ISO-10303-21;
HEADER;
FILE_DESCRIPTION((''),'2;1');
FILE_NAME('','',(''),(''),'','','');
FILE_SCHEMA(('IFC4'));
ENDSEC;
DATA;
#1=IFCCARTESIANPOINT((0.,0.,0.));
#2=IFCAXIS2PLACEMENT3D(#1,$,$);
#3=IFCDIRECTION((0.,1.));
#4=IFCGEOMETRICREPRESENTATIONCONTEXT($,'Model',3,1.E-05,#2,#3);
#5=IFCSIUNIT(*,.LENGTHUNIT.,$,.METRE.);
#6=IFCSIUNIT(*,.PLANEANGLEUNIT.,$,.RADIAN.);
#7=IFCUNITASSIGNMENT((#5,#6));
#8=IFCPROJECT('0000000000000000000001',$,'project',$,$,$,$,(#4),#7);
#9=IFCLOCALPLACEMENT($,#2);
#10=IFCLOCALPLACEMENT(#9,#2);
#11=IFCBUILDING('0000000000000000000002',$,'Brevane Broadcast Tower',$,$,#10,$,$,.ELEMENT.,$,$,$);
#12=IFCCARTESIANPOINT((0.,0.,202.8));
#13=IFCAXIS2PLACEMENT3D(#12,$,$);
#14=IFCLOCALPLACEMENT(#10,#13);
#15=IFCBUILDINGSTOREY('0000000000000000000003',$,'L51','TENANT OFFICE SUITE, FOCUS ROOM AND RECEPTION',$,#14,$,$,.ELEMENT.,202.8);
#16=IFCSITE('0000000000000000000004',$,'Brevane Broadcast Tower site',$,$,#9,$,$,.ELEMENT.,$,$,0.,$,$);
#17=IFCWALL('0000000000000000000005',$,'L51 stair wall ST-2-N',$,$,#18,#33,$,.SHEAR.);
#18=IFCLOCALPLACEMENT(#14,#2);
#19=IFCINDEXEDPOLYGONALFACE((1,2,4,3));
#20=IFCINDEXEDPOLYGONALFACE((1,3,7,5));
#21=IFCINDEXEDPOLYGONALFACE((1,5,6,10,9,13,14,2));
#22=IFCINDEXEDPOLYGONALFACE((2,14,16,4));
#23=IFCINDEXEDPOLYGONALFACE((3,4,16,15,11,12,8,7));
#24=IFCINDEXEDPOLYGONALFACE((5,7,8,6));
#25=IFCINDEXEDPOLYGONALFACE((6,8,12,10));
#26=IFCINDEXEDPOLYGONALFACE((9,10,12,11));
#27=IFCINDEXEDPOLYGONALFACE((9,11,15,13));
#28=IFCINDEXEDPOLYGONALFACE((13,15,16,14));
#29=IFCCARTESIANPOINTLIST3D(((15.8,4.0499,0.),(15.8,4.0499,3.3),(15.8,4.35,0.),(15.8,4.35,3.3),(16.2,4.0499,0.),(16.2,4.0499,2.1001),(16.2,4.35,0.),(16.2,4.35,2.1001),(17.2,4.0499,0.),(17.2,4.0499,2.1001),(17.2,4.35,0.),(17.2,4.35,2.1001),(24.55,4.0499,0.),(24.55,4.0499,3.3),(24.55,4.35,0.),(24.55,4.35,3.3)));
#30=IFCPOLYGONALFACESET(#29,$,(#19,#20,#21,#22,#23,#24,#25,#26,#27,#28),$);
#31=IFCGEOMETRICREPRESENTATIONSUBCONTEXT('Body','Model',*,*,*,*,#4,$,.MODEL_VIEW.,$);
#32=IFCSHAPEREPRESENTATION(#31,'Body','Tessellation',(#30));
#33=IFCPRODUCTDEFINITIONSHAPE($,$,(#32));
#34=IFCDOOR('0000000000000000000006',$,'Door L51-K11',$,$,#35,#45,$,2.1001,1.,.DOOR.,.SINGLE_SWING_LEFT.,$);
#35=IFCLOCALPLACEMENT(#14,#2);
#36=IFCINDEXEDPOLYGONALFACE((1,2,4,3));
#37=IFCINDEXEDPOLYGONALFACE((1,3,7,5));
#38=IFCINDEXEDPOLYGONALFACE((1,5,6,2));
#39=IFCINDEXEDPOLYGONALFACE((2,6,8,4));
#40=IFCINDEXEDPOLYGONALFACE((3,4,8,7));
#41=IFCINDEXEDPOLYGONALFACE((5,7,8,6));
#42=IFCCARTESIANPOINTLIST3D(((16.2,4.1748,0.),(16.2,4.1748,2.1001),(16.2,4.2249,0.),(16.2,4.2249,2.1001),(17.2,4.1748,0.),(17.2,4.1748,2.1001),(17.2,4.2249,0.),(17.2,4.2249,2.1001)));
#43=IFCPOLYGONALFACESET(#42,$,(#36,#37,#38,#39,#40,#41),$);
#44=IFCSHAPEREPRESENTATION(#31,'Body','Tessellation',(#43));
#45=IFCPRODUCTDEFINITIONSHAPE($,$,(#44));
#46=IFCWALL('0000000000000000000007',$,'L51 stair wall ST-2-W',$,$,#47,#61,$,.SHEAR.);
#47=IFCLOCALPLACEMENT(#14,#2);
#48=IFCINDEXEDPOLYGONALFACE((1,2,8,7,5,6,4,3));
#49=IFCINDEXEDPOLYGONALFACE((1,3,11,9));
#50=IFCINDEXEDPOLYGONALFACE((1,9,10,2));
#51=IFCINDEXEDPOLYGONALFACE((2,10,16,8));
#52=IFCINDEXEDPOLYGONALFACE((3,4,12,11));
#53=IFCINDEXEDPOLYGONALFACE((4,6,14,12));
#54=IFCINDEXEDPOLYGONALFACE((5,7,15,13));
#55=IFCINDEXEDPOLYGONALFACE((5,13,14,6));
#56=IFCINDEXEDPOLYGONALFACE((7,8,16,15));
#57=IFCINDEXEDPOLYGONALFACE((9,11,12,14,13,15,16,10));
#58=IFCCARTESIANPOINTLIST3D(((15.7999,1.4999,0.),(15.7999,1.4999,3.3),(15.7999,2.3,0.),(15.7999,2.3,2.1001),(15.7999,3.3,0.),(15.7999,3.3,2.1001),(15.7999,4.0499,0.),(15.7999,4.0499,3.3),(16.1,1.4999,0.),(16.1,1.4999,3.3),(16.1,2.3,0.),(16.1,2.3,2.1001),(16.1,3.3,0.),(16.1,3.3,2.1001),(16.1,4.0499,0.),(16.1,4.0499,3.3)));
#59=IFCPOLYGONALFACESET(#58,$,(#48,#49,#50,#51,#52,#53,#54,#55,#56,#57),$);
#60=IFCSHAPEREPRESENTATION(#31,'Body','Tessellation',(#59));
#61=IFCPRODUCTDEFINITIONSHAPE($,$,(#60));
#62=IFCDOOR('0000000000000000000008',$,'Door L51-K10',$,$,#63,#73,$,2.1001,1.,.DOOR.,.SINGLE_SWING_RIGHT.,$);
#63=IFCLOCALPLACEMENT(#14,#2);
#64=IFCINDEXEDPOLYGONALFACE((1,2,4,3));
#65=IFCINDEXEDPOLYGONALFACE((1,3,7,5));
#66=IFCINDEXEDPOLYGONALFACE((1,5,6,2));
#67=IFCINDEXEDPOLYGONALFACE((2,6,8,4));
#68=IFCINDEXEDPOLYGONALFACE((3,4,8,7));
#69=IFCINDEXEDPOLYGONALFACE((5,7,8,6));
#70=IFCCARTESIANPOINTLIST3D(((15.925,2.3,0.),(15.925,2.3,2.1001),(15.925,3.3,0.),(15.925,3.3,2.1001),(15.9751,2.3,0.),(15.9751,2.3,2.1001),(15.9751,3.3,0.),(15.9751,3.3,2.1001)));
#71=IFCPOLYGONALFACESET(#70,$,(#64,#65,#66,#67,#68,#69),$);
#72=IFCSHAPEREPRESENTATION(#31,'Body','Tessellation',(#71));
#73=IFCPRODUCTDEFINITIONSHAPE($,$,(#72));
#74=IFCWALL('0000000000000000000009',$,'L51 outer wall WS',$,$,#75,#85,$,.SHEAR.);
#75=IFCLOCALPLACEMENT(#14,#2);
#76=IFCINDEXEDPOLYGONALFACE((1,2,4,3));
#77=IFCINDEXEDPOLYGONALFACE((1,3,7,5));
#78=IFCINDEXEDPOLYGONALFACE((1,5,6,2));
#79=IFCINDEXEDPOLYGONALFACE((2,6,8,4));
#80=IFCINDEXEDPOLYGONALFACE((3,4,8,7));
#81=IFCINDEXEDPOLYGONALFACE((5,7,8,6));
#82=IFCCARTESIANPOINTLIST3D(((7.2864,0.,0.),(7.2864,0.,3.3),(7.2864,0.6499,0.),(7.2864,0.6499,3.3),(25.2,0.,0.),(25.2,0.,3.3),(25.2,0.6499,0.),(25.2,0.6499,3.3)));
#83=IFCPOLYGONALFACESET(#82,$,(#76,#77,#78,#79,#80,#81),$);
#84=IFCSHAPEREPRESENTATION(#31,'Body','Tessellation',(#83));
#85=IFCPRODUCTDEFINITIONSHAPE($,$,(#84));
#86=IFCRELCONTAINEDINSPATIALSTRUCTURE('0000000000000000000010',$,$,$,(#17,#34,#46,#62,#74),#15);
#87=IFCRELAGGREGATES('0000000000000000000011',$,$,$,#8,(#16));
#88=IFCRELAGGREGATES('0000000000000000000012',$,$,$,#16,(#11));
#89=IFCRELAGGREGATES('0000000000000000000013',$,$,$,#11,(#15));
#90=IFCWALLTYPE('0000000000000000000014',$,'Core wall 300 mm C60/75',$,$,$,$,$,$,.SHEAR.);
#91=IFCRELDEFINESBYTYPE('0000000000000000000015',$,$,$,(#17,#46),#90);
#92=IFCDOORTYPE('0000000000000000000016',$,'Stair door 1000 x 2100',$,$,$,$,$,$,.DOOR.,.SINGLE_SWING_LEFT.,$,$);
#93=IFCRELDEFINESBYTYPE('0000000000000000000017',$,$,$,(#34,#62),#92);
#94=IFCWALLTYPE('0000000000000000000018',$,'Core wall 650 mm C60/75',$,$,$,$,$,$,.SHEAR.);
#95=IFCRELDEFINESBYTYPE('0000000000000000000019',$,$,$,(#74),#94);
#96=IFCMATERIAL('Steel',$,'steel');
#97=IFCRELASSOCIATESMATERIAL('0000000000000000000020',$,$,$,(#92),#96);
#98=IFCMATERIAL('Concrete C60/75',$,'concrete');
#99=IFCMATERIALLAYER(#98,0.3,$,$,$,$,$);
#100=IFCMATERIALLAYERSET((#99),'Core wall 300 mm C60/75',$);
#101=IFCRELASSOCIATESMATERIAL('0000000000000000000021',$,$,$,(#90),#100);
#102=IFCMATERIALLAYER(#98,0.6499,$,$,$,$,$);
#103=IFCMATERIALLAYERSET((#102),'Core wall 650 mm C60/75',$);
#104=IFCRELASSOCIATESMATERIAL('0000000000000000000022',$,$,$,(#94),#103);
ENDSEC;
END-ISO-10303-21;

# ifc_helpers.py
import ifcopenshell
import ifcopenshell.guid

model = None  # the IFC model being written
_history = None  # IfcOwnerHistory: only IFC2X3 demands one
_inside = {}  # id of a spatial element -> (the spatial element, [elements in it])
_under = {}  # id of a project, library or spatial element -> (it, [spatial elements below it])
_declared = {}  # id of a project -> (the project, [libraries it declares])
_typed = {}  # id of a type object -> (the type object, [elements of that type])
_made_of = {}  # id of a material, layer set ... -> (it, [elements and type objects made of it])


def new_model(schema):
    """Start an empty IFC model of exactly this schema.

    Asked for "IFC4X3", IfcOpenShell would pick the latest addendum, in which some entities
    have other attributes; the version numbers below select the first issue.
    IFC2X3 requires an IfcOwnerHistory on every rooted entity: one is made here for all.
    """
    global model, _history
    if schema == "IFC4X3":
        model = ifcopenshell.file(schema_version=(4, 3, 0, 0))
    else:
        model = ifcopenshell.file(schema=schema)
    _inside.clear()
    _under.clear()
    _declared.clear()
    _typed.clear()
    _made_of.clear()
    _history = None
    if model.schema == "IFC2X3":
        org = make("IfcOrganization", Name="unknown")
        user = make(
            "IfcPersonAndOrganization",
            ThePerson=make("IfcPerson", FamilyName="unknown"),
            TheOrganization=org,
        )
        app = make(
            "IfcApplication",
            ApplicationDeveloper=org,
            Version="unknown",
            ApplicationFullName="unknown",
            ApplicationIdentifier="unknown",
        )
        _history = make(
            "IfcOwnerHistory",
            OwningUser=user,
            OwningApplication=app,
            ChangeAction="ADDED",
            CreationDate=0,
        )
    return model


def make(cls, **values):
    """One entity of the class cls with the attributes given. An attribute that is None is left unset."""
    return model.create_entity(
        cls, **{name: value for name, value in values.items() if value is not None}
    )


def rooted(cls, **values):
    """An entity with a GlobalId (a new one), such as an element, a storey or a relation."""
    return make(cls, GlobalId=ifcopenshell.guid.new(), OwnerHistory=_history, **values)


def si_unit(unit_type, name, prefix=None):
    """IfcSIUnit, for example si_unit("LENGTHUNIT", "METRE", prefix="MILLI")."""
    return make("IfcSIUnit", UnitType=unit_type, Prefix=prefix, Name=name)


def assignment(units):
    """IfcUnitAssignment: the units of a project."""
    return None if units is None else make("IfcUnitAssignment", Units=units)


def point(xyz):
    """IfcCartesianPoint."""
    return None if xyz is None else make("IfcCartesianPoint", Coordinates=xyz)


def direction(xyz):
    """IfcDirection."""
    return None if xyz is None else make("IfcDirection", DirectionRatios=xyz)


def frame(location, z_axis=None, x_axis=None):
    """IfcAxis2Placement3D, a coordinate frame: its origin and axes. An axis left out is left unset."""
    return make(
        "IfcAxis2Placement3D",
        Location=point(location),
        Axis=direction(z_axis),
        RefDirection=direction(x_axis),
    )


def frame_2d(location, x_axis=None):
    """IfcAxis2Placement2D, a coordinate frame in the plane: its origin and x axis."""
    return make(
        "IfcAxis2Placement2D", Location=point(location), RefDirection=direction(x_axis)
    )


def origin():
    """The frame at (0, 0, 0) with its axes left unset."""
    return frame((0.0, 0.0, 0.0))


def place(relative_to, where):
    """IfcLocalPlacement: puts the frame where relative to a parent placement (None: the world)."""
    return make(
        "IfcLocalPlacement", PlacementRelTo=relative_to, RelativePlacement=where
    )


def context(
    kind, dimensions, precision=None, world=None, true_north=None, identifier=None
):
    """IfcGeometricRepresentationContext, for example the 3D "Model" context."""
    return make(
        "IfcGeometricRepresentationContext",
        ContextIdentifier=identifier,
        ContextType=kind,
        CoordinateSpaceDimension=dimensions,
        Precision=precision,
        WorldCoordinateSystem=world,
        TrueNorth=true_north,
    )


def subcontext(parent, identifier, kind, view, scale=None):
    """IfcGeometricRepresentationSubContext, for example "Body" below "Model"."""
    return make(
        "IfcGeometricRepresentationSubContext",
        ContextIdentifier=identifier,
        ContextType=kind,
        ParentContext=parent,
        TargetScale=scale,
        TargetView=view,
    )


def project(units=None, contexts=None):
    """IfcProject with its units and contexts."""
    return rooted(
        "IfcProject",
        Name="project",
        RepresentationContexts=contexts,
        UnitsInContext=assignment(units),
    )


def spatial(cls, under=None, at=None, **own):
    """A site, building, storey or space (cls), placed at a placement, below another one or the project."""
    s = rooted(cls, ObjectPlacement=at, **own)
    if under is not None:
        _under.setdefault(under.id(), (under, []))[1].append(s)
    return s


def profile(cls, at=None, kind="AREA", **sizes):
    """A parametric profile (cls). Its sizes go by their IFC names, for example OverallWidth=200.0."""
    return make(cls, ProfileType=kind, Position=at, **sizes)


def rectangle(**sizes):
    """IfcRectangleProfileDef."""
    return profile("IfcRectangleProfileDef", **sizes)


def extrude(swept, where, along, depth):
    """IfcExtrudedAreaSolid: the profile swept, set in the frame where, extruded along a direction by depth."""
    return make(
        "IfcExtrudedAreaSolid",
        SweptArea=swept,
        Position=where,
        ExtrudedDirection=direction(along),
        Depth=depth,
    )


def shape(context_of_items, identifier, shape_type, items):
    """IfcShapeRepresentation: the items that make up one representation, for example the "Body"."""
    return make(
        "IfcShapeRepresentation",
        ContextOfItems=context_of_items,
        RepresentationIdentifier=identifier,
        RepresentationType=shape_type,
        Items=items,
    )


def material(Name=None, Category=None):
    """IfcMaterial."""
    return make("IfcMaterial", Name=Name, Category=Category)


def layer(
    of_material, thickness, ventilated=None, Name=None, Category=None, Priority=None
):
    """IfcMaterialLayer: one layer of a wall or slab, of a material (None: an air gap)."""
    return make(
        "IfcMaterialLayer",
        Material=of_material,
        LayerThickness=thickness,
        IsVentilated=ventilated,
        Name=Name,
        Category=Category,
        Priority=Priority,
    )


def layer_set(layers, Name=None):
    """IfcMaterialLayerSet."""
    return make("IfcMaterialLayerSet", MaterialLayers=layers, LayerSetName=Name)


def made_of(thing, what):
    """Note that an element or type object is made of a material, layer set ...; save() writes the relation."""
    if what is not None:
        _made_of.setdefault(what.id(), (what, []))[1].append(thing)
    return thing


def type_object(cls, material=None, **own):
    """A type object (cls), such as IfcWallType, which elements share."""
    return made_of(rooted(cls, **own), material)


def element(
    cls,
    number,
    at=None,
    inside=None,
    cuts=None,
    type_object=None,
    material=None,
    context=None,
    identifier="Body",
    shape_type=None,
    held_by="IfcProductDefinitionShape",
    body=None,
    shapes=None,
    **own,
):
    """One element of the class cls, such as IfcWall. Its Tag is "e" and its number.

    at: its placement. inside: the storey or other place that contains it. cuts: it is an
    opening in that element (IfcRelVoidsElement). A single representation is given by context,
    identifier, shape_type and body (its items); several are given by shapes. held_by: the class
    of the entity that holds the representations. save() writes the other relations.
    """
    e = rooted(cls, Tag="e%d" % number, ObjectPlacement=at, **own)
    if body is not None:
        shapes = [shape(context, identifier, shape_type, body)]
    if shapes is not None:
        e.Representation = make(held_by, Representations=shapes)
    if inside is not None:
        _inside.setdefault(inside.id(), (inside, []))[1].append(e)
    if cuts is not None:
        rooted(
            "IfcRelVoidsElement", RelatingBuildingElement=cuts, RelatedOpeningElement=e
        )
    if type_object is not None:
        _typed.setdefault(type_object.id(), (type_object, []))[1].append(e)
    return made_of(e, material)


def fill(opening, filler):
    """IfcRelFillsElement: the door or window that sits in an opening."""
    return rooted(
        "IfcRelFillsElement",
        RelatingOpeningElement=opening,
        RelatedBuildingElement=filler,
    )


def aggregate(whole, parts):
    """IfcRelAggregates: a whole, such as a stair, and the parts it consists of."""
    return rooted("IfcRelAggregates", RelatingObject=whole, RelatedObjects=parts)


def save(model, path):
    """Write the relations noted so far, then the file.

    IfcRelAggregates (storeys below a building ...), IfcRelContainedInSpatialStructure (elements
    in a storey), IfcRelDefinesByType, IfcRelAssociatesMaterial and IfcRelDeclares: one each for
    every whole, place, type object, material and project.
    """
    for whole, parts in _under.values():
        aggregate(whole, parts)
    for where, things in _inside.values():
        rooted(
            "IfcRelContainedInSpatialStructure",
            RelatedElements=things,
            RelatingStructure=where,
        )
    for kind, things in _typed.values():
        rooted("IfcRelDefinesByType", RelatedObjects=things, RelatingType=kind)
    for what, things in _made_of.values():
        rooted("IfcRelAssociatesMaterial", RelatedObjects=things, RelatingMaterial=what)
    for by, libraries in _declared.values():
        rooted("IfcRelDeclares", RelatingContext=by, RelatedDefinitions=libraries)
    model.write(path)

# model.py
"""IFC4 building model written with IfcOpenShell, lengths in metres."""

from ifc_helpers import new_model, si_unit, direction, frame, frame_2d, origin, place, context, subcontext, project, spatial, rectangle, extrude, material, layer, layer_set, type_object, element, fill, save


model = new_model("IFC4")

# Units and contexts
model_context = context("Model", 3, precision=1e-05, world=origin(), true_north=direction((0.0, 1.0)))
body_context = subcontext(model_context, "Body", "Model", "MODEL_VIEW")
ifc_project = project(units=[si_unit("LENGTHUNIT", "METRE"), si_unit("PLANEANGLEUNIT", "RADIAN")], contexts=[model_context])

# Site, building, storey
site_placement = place(None, origin())
site = spatial("IfcSite", under=ifc_project, at=site_placement, Name="Brevane Broadcast Tower site", CompositionType="ELEMENT", RefElevation=0.0)
building_placement = place(site_placement, origin())
building = spatial("IfcBuilding", under=site, at=building_placement, Name="Brevane Broadcast Tower", CompositionType="ELEMENT")
storey_placement = place(building_placement, frame((0.0, 0.0, 202.8)))
storey = spatial("IfcBuildingStorey", under=building, at=storey_placement, Name="L51", Description="TENANT OFFICE SUITE, FOCUS ROOM AND RECEPTION", CompositionType="ELEMENT", Elevation=202.8)

# Shared definitions
ifc_material_1 = material(Name="Steel", Category="steel")
door_type_1 = type_object("IfcDoorType", Name="Stair door 1000 x 2100", OperationType="SINGLE_SWING_LEFT", PredefinedType="DOOR", material=ifc_material_1)

# Shared definitions
ifc_material_2 = material(Name="Concrete C60/75", Category="concrete")
ifc_layer_1 = layer(ifc_material_2, 0.3)
ifc_layer_set_1 = layer_set([ifc_layer_1], Name="Core wall 300 mm C60/75")
wall_type_1 = type_object("IfcWallType", Name="Core wall 300 mm C60/75", PredefinedType="SHEAR", material=ifc_layer_set_1)

# Walls, openings, doors
wall_1_placement = place(storey_placement, frame((15.8, 4.2, 0.0), z_axis=(0.0, 0.0, 1.0), x_axis=(1.0, 0.0, 0.0)))
wall_1 = element("IfcWall", 1, at=wall_1_placement, inside=storey, type_object=wall_type_1, Name="L51 stair wall ST-2-N", PredefinedType="SHEAR", context=body_context, shape_type="SweptSolid", body=[
    extrude(rectangle(XDim=8.75, YDim=0.3, at=frame_2d((4.375, 0.0))), origin(), (0.0, 0.0, 1.0), 3.3),
])
opening_1_placement = place(wall_1_placement, frame((0.3999, 0.0, 0.0)))
opening_1 = element("IfcOpeningElement", 2, at=opening_1_placement, cuts=wall_1, PredefinedType="OPENING", context=body_context, shape_type="SweptSolid", body=[
    extrude(rectangle(XDim=1.0, YDim=2.1001, at=frame_2d((0.5, 1.05))), frame((0.0, 0.1599, 0.0), z_axis=(0.0, -1.0, 0.0), x_axis=(1.0, 0.0, 0.0)), (0.0, 0.0, 1.0), 0.3201),
])
door_1_placement = place(opening_1_placement, origin())
door_1 = element("IfcDoor", 3, at=door_1_placement, inside=storey, type_object=door_type_1, Name="Door L51-K11", OperationType="SINGLE_SWING_LEFT", OverallHeight=2.1001, OverallWidth=1.0, PredefinedType="DOOR", context=body_context, shape_type="SweptSolid", body=[
    extrude(rectangle(XDim=1.0, YDim=2.1001, at=frame_2d((0.5, 1.05))), frame((0.0, 0.0249, 0.0), z_axis=(0.0, -1.0, 0.0), x_axis=(1.0, 0.0, 0.0)), (0.0, 0.0, 1.0), 0.05),
])
fill(opening_1, door_1)
wall_2_placement = place(storey_placement, frame((15.95, 1.5, 0.0), z_axis=(0.0, 0.0, 1.0), x_axis=(0.0, 1.0, 0.0)))
wall_2 = element("IfcWall", 4, at=wall_2_placement, inside=storey, type_object=wall_type_1, Name="L51 stair wall ST-2-W", PredefinedType="SHEAR", context=body_context, shape_type="SweptSolid", body=[
    extrude(rectangle(XDim=2.55, YDim=0.3, at=frame_2d((1.2749, 0.0))), origin(), (0.0, 0.0, 1.0), 3.3),
])
opening_2_placement = place(wall_2_placement, frame((0.8, 0.0, 0.0)))
opening_2 = element("IfcOpeningElement", 5, at=opening_2_placement, cuts=wall_2, PredefinedType="OPENING", context=body_context, shape_type="SweptSolid", body=[
    extrude(rectangle(XDim=1.0, YDim=2.1001, at=frame_2d((0.5, 1.05))), frame((0.0, 0.1599, 0.0), z_axis=(0.0, -1.0, 0.0), x_axis=(1.0, 0.0, 0.0)), (0.0, 0.0, 1.0), 0.3201),
])
door_2_placement = place(opening_2_placement, origin())
door_2 = element("IfcDoor", 6, at=door_2_placement, inside=storey, type_object=door_type_1, Name="Door L51-K10", OperationType="SINGLE_SWING_RIGHT", OverallHeight=2.1001, OverallWidth=1.0, PredefinedType="DOOR", context=body_context, shape_type="SweptSolid", body=[
    extrude(rectangle(XDim=1.0, YDim=2.1001, at=frame_2d((0.5, 1.05))), frame((0.0, 0.0249, 0.0), z_axis=(0.0, -1.0, 0.0), x_axis=(1.0, 0.0, 0.0)), (0.0, 0.0, 1.0), 0.05),
])
fill(opening_2, door_2)

# Wall
ifc_layer_2 = layer(ifc_material_2, 0.6499)
ifc_layer_set_2 = layer_set([ifc_layer_2], Name="Core wall 650 mm C60/75")
wall_type_2 = type_object("IfcWallType", Name="Core wall 650 mm C60/75", PredefinedType="SHEAR", material=ifc_layer_set_2)
wall_3_placement = place(storey_placement, frame((7.2864, 0.325, 0.0), z_axis=(0.0, 0.0, 1.0), x_axis=(1.0, 0.0, 0.0)))
element("IfcWall", 7, at=wall_3_placement, inside=storey, type_object=wall_type_2, Name="L51 outer wall WS", PredefinedType="SHEAR", context=body_context, shape_type="SweptSolid", body=[
    extrude(rectangle(XDim=17.9136, YDim=0.6499, at=frame_2d((8.9568, 0.0))), origin(), (0.0, 0.0, 1.0), 3.3),
])

save(model, "model.ifc")
